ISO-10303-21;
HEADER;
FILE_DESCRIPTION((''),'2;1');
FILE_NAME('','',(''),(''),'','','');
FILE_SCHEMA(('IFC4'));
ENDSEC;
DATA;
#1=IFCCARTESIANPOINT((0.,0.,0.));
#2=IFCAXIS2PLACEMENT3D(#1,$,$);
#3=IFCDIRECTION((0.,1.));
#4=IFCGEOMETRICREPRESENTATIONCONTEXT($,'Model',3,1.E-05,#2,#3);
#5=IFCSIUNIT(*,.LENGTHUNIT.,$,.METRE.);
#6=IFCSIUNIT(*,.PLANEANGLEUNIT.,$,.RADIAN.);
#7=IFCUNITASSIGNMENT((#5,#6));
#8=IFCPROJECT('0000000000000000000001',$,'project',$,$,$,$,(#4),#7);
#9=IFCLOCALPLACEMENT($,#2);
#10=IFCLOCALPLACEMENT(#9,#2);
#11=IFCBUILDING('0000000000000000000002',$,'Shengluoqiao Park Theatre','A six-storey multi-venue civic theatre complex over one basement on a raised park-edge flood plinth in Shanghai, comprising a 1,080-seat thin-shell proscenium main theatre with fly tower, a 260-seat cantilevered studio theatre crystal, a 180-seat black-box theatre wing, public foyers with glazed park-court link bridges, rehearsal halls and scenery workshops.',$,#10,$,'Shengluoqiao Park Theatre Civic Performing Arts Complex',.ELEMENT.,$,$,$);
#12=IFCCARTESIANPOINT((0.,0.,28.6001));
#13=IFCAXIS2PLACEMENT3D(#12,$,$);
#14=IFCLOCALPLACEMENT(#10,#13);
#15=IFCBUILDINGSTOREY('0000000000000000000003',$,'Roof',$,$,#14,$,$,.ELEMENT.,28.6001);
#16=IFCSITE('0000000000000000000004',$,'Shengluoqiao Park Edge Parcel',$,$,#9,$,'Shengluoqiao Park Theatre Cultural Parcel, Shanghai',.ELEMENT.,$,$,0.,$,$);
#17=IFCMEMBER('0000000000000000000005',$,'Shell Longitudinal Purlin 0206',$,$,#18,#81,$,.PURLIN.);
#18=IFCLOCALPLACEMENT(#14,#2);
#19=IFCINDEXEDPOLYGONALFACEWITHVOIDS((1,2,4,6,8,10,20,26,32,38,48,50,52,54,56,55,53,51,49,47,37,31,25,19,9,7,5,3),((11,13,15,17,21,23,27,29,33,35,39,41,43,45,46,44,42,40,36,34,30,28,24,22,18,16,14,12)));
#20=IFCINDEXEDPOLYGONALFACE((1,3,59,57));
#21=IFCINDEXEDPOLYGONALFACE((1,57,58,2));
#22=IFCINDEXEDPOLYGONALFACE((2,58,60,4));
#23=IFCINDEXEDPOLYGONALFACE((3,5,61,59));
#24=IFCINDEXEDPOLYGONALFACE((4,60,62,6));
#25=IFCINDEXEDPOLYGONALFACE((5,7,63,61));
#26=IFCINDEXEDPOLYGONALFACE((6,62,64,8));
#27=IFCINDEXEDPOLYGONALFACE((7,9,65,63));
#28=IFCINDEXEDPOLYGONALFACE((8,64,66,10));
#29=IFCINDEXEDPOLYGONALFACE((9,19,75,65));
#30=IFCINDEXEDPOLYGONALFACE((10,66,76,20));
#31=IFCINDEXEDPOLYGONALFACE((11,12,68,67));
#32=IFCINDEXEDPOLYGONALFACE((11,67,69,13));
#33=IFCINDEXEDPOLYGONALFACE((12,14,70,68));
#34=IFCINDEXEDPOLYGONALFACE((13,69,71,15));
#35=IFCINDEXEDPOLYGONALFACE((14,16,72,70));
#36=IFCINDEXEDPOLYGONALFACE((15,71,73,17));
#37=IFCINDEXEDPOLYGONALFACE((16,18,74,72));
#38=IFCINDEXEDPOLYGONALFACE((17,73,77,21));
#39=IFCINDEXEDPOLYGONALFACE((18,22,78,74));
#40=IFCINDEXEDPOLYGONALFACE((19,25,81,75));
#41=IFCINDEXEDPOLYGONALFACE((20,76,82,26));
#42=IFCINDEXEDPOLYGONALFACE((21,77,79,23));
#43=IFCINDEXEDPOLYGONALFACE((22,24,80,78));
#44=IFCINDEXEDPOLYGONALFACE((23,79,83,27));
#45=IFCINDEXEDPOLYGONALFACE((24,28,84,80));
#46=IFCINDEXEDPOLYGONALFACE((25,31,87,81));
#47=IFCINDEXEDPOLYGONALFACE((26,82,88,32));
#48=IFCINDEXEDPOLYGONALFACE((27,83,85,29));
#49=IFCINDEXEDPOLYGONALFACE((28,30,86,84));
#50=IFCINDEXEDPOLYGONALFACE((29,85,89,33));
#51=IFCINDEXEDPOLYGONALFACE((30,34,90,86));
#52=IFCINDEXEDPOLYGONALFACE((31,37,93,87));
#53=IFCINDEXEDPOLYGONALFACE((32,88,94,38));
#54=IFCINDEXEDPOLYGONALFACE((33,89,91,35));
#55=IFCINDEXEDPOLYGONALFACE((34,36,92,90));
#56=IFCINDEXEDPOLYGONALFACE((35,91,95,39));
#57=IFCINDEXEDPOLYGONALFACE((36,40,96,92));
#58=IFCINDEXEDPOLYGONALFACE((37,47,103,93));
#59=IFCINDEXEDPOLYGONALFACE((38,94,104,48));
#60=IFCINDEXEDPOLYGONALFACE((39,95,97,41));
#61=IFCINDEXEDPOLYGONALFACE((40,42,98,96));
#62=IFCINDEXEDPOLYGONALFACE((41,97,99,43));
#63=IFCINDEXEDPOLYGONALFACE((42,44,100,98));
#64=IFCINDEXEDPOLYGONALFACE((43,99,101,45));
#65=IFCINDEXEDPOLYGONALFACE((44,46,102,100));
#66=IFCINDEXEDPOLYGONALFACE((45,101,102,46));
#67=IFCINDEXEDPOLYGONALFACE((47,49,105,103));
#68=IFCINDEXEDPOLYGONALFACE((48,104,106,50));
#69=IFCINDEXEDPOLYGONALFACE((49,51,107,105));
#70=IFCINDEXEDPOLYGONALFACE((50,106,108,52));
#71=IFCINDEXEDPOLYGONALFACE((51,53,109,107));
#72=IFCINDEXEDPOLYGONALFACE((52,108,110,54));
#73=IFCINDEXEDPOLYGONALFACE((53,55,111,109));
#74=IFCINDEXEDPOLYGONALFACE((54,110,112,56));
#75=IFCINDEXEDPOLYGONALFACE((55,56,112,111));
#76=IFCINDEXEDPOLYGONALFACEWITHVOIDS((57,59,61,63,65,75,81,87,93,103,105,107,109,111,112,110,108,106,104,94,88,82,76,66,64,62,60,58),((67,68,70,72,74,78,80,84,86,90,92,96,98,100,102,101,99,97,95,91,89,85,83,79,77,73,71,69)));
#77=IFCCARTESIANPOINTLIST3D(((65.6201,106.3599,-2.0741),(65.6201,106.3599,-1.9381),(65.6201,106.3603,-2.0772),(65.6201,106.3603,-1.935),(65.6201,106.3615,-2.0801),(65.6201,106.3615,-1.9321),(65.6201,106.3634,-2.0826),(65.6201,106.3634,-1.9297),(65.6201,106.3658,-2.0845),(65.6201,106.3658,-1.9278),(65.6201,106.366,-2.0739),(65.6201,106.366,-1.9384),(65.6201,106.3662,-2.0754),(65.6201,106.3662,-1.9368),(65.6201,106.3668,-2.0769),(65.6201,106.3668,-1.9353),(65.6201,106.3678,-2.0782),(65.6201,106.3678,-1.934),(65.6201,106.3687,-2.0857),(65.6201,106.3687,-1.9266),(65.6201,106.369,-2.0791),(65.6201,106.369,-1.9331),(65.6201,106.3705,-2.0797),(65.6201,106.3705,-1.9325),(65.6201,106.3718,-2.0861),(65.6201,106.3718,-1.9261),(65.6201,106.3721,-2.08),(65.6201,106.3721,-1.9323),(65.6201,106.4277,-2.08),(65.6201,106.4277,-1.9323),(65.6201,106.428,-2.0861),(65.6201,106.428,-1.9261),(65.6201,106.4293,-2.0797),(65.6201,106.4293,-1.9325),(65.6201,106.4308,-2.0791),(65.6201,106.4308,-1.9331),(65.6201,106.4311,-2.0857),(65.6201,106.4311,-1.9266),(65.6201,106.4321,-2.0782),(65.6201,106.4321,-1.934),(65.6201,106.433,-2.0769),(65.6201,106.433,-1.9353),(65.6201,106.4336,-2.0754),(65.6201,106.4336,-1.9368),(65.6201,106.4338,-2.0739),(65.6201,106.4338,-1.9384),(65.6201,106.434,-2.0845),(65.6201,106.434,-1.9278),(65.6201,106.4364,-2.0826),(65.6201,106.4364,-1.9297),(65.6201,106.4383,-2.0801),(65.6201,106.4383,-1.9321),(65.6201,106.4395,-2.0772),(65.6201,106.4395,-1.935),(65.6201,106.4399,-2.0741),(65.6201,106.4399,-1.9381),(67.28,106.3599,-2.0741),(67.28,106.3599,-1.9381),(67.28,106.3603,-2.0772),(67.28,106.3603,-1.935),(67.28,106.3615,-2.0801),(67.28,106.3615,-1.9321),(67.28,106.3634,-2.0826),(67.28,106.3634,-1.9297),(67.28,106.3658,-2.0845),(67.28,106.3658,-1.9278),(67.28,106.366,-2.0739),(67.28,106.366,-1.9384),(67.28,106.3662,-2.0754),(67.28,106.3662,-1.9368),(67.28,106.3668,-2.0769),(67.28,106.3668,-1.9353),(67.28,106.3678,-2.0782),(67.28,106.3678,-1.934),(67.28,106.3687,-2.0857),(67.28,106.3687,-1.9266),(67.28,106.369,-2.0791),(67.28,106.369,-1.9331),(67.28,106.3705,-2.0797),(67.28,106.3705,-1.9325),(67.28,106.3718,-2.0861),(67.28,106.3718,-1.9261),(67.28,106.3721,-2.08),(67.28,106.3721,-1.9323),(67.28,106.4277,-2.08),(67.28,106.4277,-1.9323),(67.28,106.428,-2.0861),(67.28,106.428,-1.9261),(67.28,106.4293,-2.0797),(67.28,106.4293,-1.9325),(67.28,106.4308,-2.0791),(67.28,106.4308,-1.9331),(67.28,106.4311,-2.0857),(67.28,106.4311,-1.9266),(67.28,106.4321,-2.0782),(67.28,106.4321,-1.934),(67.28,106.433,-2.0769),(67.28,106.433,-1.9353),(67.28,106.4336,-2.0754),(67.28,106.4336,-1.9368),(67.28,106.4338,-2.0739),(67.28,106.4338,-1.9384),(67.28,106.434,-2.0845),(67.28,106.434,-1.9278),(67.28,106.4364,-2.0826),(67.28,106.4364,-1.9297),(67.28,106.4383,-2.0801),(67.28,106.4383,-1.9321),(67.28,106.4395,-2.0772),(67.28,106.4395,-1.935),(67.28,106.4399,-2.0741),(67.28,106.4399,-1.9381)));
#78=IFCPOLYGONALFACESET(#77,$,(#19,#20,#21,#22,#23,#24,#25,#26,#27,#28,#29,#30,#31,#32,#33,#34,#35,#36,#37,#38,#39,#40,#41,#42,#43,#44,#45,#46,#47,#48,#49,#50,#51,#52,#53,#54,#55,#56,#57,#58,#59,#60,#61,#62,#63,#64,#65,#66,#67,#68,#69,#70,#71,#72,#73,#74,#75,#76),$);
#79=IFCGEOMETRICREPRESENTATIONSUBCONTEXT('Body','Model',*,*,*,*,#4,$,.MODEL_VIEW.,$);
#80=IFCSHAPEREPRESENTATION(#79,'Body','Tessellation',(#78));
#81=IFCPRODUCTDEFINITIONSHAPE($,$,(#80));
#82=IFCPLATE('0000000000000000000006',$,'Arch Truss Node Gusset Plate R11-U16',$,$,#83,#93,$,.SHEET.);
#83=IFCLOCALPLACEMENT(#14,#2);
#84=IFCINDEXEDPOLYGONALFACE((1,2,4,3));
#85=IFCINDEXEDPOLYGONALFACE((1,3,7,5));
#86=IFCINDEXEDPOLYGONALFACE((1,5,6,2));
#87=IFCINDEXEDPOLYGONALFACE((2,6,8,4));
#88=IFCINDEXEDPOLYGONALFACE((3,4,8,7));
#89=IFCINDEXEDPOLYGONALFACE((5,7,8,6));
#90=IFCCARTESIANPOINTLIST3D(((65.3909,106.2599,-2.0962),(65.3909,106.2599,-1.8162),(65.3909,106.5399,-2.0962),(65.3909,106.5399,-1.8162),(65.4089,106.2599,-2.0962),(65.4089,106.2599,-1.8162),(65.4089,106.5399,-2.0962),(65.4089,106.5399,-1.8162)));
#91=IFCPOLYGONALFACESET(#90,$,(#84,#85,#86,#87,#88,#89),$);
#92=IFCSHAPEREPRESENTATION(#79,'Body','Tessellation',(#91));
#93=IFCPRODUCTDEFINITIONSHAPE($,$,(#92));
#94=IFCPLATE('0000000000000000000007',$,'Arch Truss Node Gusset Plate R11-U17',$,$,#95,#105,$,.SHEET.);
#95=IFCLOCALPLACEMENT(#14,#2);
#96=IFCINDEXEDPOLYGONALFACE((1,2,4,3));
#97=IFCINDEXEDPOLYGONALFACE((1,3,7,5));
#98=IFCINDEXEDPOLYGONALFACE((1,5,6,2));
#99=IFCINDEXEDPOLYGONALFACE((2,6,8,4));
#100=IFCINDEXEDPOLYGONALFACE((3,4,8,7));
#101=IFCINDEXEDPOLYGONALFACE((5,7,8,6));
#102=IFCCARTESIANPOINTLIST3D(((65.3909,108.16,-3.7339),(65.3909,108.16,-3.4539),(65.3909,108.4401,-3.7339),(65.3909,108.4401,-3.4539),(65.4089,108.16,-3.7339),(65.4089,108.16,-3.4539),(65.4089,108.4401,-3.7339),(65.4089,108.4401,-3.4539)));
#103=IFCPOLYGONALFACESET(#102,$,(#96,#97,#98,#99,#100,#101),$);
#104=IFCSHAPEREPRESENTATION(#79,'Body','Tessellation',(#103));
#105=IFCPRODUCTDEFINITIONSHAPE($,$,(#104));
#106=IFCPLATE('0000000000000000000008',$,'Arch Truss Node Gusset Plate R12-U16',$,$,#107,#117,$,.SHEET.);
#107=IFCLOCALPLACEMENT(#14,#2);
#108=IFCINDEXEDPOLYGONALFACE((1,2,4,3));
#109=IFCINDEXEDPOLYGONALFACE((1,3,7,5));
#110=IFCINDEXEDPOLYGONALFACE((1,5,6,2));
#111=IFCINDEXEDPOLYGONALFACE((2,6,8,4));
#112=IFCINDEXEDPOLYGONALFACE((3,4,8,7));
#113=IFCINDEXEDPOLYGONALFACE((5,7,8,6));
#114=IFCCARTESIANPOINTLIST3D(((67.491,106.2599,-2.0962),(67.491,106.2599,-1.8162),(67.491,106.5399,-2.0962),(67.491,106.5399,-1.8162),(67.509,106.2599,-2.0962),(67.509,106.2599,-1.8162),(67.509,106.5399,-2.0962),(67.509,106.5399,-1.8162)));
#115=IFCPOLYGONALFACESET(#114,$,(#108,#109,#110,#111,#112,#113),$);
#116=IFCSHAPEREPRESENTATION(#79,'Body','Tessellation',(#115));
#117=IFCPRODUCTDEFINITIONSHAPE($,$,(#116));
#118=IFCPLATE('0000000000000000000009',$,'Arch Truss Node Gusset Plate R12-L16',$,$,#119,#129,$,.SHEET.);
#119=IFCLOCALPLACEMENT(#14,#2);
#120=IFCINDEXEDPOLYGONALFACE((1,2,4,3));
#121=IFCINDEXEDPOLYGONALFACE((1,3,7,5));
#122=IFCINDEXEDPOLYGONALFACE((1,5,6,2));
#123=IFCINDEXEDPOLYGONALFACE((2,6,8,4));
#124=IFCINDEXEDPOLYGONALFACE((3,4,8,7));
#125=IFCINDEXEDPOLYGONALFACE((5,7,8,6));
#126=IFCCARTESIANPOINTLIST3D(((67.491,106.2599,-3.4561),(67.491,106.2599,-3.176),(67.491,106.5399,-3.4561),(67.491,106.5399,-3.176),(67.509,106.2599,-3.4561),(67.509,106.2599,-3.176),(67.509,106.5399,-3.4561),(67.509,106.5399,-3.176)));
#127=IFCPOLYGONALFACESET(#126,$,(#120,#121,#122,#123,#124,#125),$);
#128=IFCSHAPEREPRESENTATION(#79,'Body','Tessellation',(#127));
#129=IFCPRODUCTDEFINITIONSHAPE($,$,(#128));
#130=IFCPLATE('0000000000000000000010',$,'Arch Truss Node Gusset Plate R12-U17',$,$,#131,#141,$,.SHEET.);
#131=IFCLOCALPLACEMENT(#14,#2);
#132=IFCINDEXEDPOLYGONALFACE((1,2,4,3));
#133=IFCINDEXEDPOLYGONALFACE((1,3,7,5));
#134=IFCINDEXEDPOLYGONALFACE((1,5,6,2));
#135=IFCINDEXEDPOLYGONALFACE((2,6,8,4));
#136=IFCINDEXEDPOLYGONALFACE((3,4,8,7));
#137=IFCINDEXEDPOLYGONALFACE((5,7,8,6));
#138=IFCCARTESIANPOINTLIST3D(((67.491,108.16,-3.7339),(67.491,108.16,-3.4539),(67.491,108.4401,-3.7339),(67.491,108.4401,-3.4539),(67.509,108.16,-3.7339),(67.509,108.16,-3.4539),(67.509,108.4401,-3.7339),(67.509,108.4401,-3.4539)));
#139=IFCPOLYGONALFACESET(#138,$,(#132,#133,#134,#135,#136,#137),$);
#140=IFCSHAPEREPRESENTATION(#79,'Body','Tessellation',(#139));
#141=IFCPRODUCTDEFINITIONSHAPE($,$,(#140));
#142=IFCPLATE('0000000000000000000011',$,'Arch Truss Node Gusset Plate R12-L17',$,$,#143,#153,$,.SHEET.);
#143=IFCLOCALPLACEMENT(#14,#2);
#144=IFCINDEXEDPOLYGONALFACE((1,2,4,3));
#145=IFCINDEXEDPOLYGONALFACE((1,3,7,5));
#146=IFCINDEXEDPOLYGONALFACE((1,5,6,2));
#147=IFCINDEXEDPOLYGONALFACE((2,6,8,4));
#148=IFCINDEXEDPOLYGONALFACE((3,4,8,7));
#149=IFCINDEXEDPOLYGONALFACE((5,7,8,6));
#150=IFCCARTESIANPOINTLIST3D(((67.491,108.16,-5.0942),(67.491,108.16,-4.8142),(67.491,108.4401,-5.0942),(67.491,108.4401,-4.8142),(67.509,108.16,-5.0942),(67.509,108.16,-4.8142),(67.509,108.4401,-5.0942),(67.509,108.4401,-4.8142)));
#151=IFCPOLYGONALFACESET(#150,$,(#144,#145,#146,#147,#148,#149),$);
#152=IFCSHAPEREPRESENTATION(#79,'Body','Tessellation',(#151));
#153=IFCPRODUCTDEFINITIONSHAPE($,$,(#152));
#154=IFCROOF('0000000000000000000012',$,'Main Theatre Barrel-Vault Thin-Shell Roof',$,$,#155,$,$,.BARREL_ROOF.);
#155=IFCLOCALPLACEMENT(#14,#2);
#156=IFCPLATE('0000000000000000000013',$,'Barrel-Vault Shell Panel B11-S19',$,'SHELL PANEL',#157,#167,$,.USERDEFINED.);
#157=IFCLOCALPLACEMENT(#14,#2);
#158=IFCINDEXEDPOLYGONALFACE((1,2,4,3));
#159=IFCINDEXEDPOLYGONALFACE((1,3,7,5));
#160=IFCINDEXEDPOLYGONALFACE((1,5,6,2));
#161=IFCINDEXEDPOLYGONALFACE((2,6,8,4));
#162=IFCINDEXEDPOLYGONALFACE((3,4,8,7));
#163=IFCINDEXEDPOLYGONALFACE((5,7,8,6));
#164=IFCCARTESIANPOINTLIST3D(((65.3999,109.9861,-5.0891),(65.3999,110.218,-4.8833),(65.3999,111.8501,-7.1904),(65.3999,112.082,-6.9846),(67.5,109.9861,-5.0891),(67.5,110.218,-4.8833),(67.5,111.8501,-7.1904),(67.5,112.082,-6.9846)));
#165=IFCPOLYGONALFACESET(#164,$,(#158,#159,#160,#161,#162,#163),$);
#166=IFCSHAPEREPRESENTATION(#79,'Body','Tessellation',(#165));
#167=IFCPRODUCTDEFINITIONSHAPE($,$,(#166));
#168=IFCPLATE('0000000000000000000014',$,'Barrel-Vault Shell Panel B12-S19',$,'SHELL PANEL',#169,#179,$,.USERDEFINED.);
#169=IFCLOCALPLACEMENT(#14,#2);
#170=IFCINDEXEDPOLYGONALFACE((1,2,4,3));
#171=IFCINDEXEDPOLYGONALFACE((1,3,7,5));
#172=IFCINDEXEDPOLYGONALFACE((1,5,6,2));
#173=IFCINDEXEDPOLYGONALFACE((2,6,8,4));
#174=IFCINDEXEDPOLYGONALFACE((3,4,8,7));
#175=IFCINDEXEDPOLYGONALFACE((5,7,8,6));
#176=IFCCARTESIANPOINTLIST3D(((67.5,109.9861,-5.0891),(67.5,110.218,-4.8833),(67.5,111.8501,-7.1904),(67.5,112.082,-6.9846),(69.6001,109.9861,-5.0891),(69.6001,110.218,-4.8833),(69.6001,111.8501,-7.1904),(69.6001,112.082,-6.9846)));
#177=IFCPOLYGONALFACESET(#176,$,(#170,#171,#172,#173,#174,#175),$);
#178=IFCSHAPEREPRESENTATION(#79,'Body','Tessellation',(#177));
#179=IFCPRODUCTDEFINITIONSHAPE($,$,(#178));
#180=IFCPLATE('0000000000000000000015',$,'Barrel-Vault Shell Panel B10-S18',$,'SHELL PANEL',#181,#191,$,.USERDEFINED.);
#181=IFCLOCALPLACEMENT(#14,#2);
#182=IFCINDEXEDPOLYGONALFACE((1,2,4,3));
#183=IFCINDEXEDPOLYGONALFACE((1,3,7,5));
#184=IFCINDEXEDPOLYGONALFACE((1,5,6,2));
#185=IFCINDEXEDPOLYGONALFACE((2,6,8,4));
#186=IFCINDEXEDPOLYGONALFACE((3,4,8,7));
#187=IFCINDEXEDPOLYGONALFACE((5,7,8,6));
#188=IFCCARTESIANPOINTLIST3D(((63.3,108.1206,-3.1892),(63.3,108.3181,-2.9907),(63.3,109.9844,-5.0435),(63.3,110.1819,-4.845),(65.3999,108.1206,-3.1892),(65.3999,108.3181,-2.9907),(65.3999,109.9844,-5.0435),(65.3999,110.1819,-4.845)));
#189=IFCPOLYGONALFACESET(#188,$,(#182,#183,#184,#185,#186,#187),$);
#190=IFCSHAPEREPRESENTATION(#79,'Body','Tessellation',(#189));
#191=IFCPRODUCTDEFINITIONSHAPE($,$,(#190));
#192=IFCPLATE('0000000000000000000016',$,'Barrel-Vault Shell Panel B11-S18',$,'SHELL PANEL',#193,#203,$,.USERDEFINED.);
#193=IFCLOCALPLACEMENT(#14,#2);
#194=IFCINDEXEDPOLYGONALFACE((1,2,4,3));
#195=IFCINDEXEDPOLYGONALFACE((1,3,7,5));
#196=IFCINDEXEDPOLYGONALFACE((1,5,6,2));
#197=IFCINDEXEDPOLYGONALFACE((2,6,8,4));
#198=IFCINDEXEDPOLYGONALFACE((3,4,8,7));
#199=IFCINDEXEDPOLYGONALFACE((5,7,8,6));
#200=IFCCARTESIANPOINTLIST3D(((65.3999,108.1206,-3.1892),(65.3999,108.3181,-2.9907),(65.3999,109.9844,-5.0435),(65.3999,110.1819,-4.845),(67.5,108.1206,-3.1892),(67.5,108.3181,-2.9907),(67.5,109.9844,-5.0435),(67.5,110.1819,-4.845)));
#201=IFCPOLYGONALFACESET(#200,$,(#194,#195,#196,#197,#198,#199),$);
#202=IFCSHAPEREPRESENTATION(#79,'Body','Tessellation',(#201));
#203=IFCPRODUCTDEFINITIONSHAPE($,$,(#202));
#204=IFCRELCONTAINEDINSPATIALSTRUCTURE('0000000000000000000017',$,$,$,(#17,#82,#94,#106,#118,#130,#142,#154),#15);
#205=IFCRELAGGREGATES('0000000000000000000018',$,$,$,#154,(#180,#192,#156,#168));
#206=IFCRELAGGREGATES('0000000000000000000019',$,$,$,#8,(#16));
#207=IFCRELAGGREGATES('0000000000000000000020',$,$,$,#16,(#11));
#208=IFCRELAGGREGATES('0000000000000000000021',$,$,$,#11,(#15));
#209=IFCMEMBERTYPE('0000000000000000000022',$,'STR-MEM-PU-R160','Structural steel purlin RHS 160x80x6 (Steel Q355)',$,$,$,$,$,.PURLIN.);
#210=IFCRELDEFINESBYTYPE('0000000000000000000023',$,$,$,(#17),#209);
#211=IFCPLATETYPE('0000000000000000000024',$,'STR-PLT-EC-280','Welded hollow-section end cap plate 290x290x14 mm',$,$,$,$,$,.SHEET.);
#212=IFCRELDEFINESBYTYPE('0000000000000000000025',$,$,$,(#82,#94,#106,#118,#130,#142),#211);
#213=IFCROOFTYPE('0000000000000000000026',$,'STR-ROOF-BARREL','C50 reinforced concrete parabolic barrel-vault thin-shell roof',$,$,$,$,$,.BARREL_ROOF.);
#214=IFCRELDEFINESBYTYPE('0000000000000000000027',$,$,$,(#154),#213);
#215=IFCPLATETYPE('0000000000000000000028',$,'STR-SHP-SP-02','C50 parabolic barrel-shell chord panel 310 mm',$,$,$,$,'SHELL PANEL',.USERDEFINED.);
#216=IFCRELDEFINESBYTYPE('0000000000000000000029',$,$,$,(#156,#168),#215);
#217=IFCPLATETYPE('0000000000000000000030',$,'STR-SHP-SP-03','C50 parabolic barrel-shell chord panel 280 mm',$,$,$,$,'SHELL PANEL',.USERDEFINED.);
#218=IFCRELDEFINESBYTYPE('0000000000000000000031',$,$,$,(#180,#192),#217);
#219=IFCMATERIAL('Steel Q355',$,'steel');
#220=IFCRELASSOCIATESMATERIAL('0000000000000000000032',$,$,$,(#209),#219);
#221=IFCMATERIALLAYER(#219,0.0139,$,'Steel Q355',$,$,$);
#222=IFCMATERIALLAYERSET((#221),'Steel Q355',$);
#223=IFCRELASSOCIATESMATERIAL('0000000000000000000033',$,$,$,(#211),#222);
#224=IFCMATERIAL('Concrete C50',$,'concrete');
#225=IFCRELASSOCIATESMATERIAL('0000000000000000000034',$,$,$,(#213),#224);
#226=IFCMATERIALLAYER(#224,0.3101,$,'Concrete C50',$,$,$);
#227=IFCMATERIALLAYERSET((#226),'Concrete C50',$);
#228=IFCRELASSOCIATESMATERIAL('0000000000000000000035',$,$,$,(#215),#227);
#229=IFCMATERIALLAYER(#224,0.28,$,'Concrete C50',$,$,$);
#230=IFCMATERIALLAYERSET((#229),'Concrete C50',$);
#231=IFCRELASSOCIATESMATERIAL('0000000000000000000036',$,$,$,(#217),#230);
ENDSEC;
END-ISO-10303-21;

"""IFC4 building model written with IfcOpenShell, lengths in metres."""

from ifc_helpers import new_model, si_unit, direction, frame, origin, origin_2d, place, context, subcontext, project, spatial, polyline, rectangle, hollow_rectangle, outline, extrude, material, layer, layer_set, material_profile, profile_set, type_object, element, aggregate, save


model = new_model("IFC4")

# Units and contexts
model_context = context("Model", 3, precision=1e-05, world=origin(), true_north=direction((0.0, 1.0)))
body_context = subcontext(model_context, "Body", "Model", "MODEL_VIEW")
ifc_project = project(units=[si_unit("LENGTHUNIT", "METRE"), si_unit("PLANEANGLEUNIT", "RADIAN")], contexts=[model_context])

# Site, building, storey
site_placement = place(None, origin())
site = spatial("IfcSite", under=ifc_project, at=site_placement, Name="Shengluoqiao Park Edge Parcel", LongName="Shengluoqiao Park Theatre Cultural Parcel, Shanghai", CompositionType="ELEMENT", RefElevation=0.0)
building_placement = place(site_placement, origin())
building = spatial("IfcBuilding", under=site, at=building_placement, Name="Shengluoqiao Park Theatre", Description="A six-storey multi-venue civic theatre complex over one basement on a raised park-edge flood plinth in Shanghai, comprising a 1,080-seat thin-shell proscenium main theatre with fly tower, a 260-seat cantilevered studio theatre crystal, a 180-seat black-box theatre wing, public foyers with glazed park-court link bridges, rehearsal halls and scenery workshops.", LongName="Shengluoqiao Park Theatre Civic Performing Arts Complex", CompositionType="ELEMENT")
storey_placement = place(building_placement, frame((0.0, 0.0, 28.6001)))
storey = spatial("IfcBuildingStorey", under=building, at=storey_placement, Name="Roof", CompositionType="ELEMENT", Elevation=28.6001)

# Shared definitions
ifc_material_1 = material(Name="Concrete C50", Category="concrete")
ifc_material_2 = material(Name="Steel Q355", Category="steel")

# Member
ifc_material_profile_1 = material_profile(ifc_material_2, hollow_rectangle(XDim=0.0801, YDim=0.1599, WallThickness=0.0061, InnerFilletRadius=0.0061, OuterFilletRadius=0.012, at=origin_2d()), Name="RHS 160x80x6")
ifc_profile_set_1 = profile_set([ifc_material_profile_1], Name="Steel Q355")
member_type_1 = type_object("IfcMemberType", Name="STR-MEM-PU-R160", Description="Structural steel purlin RHS 160x80x6 (Steel Q355)", PredefinedType="PURLIN", material=ifc_profile_set_1)
member_1_placement = place(storey_placement, frame((65.6201, 106.3999, -2.0061), z_axis=(1.0, 0.0, 0.0), x_axis=(0.0, 1.0, 0.0)))
element("IfcMember", 1, at=member_1_placement, inside=storey, type_object=member_type_1, Name="Shell Longitudinal Purlin 0206", PredefinedType="PURLIN", context=body_context, shape_type="SweptSolid", body=[
    extrude(hollow_rectangle(XDim=0.0801, YDim=0.1599, WallThickness=0.0061, InnerFilletRadius=0.0061, OuterFilletRadius=0.012, at=origin_2d()), origin(), (0.0, 0.0, 1.0), 1.6599),
])

# Plates
ifc_layer_1 = layer(ifc_material_2, 0.0139, Name="Steel Q355")
ifc_layer_set_1 = layer_set([ifc_layer_1], Name="Steel Q355")
plate_type_1 = type_object("IfcPlateType", Name="STR-PLT-EC-280", Description="Welded hollow-section end cap plate 290x290x14 mm", PredefinedType="SHEET", material=ifc_layer_set_1)
for number, where, z_axis, x_axis, name in (
    (2, (65.3999, 106.3999, -2.0962), (0.0, 0.0, 1.0), (1.0, 0.0, 0.0), "Arch Truss Node Gusset Plate R11-U16"),
    (3, (65.3999, 108.3, -3.7339), (0.0, 0.0, 1.0), (1.0, 0.0, 0.0), "Arch Truss Node Gusset Plate R11-U17"),
    (4, (67.5, 106.3999, -2.0962), (0.0, 0.0, 1.0), (1.0, 0.0, 0.0), "Arch Truss Node Gusset Plate R12-U16"),
    (5, (67.5, 106.3999, -3.4561), (0.0, 0.0, 1.0), (1.0, 0.0, 0.0), "Arch Truss Node Gusset Plate R12-L16"),
    (6, (67.5, 108.3, -3.7339), (0.0, 0.0, 1.0), (1.0, 0.0, 0.0), "Arch Truss Node Gusset Plate R12-U17"),
    (7, (67.5, 108.3, -5.0942), (0.0, 0.0, 1.0), (1.0, 0.0, 0.0), "Arch Truss Node Gusset Plate R12-L17"),
):
    element("IfcPlate", number, at=place(storey_placement, frame(where, z_axis=z_axis, x_axis=x_axis)), inside=storey, type_object=plate_type_1, Name=name, PredefinedType="SHEET", context=body_context, shape_type="SweptSolid", body=[
        extrude(rectangle(XDim=0.0181, YDim=0.28, at=origin_2d()), origin(), (0.0, 0.0, 1.0), 0.28),
    ])

# Roof, plates
roof_type = type_object("IfcRoofType", Name="STR-ROOF-BARREL", Description="C50 reinforced concrete parabolic barrel-vault thin-shell roof", PredefinedType="BARREL_ROOF", material=ifc_material_1)
roof_placement = place(storey_placement, origin())
roof = element("IfcRoof", 8, at=roof_placement, inside=storey, type_object=roof_type, Name="Main Theatre Barrel-Vault Thin-Shell Roof", PredefinedType="BARREL_ROOF")
ifc_layer_2 = layer(ifc_material_1, 0.3101, Name="Concrete C50")
ifc_layer_set_2 = layer_set([ifc_layer_2], Name="Concrete C50")
plate_type_2 = type_object("IfcPlateType", Name="STR-SHP-SP-02", Description="C50 parabolic barrel-shell chord panel 310 mm", ElementType="SHELL PANEL", PredefinedType="USERDEFINED", material=ifc_layer_set_2)
plate_1_placement = place(storey_placement, frame((65.3999, 110.218, -4.8833), z_axis=(0.0, 0.748085, 0.663603), x_axis=(1.0, 0.0, 0.0)))
plate_1 = element("IfcPlate", 9, at=plate_1_placement, type_object=plate_type_2, Name="Barrel-Vault Shell Panel B11-S19", ObjectType="SHELL PANEL", PredefinedType="USERDEFINED", context=body_context, shape_type="SweptSolid", body=[
    extrude(outline(polyline([(0.0, 0.0), (2.1001, 0.0), (2.1001, 2.8089), (0.0, 2.8089), (0.0, 0.0)])), origin(), (0.0, 0.0, -1.0), 0.3101),
])
plate_2_placement = place(storey_placement, frame((67.5, 110.218, -4.8833), z_axis=(0.0, 0.748085, 0.663603), x_axis=(1.0, 0.0, 0.0)))
plate_2 = element("IfcPlate", 10, at=plate_2_placement, type_object=plate_type_2, Name="Barrel-Vault Shell Panel B12-S19", ObjectType="SHELL PANEL", PredefinedType="USERDEFINED", context=body_context, shape_type="SweptSolid", body=[
    extrude(outline(polyline([(0.0, 0.0), (2.1001, 0.0), (2.1001, 2.8089), (0.0, 2.8089), (0.0, 0.0)])), origin(), (0.0, 0.0, -1.0), 0.3101),
])
ifc_layer_3 = layer(ifc_material_1, 0.28, Name="Concrete C50")
ifc_layer_set_3 = layer_set([ifc_layer_3], Name="Concrete C50")
plate_type_3 = type_object("IfcPlateType", Name="STR-SHP-SP-03", Description="C50 parabolic barrel-shell chord panel 280 mm", ElementType="SHELL PANEL", PredefinedType="USERDEFINED", material=ifc_layer_set_3)
plate_3_placement = place(storey_placement, frame((63.3, 108.3181, -2.9907), z_axis=(0.0, 0.705294, 0.708915), x_axis=(1.0, 0.0, 0.0)))
plate_3 = element("IfcPlate", 11, at=plate_3_placement, type_object=plate_type_3, Name="Barrel-Vault Shell Panel B10-S18", ObjectType="SHELL PANEL", PredefinedType="USERDEFINED", context=body_context, shape_type="SweptSolid", body=[
    extrude(outline(polyline([(0.0, 0.0), (2.0999, 0.0), (2.0999, 2.629), (0.0, 2.629), (0.0, 0.0)])), origin(), (0.0, 0.0, -1.0), 0.28),
])
plate_4_placement = place(storey_placement, frame((65.3999, 108.3181, -2.9907), z_axis=(0.0, 0.705294, 0.708915), x_axis=(1.0, 0.0, 0.0)))
plate_4 = element("IfcPlate", 12, at=plate_4_placement, type_object=plate_type_3, Name="Barrel-Vault Shell Panel B11-S18", ObjectType="SHELL PANEL", PredefinedType="USERDEFINED", context=body_context, shape_type="SweptSolid", body=[
    extrude(outline(polyline([(0.0, 0.0), (2.1001, 0.0), (2.1001, 2.629), (0.0, 2.629), (0.0, 0.0)])), origin(), (0.0, 0.0, -1.0), 0.28),
])
aggregate(roof, [plate_3, plate_4, plate_1, plate_2])

save(model, "model.ifc")
